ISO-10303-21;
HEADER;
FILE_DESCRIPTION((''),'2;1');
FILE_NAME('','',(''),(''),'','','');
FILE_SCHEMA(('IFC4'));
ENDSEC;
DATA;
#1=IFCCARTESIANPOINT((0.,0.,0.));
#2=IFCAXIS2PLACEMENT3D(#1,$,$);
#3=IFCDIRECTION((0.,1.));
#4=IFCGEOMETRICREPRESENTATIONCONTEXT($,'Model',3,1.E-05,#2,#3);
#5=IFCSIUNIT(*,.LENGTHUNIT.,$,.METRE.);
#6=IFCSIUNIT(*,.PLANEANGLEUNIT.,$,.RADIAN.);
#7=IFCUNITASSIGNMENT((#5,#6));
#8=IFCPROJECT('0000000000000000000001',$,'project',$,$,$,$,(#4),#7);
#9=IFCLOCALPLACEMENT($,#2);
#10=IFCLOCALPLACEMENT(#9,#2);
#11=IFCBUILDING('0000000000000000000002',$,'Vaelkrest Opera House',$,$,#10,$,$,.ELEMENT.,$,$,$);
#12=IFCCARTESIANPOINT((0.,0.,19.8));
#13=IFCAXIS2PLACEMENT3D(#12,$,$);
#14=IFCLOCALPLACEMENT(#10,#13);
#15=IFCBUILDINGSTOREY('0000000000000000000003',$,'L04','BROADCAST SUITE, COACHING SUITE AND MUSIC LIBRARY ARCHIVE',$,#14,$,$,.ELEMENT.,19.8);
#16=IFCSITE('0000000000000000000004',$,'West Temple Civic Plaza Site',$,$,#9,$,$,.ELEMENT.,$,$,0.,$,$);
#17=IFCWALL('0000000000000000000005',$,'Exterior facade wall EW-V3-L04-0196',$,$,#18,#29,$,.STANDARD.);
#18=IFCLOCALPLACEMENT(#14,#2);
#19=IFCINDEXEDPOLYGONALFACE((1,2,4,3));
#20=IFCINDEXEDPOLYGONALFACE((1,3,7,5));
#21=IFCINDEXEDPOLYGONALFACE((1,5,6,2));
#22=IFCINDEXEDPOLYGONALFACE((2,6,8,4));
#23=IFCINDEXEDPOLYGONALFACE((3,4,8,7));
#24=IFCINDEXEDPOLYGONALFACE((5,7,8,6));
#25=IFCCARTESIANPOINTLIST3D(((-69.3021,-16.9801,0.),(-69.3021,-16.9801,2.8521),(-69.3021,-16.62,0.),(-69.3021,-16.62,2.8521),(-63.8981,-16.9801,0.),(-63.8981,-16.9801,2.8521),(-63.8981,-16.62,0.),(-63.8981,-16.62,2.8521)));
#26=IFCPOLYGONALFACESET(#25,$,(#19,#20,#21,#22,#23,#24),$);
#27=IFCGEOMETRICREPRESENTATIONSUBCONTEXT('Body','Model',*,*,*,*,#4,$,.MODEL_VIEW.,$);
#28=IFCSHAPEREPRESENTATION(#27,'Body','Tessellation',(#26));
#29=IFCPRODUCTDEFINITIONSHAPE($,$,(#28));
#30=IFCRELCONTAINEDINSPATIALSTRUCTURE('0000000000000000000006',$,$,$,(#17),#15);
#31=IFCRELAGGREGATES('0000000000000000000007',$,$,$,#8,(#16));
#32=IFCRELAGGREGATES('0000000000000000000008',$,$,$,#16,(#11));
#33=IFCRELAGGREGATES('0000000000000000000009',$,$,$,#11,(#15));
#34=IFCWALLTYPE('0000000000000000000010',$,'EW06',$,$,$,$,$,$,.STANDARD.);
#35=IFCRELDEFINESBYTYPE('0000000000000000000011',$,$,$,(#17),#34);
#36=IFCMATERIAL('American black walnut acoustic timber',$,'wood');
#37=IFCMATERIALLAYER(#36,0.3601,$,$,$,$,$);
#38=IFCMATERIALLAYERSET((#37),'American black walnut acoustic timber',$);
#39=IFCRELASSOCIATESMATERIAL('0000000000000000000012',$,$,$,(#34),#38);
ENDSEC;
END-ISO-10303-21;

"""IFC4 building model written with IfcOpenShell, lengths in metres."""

from ifc_helpers import new_model, si_unit, direction, frame, frame_2d, origin, place, context, subcontext, project, spatial, rectangle, extrude, material, layer, layer_set, type_object, element, save


model = new_model("IFC4")

# Units and contexts
model_context = context("Model", 3, precision=1e-05, world=origin(), true_north=direction((0.0, 1.0)))
body_context = subcontext(model_context, "Body", "Model", "MODEL_VIEW")
ifc_project = project(units=[si_unit("LENGTHUNIT", "METRE"), si_unit("PLANEANGLEUNIT", "RADIAN")], contexts=[model_context])

# Site, building, storey
site_placement = place(None, origin())
site = spatial("IfcSite", under=ifc_project, at=site_placement, Name="West Temple Civic Plaza Site", CompositionType="ELEMENT", RefElevation=0.0)
building_placement = place(site_placement, origin())
building = spatial("IfcBuilding", under=site, at=building_placement, Name="Vaelkrest Opera House", CompositionType="ELEMENT")
storey_placement = place(building_placement, frame((0.0, 0.0, 19.8)))
storey = spatial("IfcBuildingStorey", under=building, at=storey_placement, Name="L04", Description="BROADCAST SUITE, COACHING SUITE AND MUSIC LIBRARY ARCHIVE", CompositionType="ELEMENT", Elevation=19.8)

# Wall
ifc_material_1 = material(Name="American black walnut acoustic timber", Category="wood")
ifc_layer_1 = layer(ifc_material_1, 0.3601)
ifc_layer_set_1 = layer_set([ifc_layer_1], Name="American black walnut acoustic timber")
wall_type = type_object("IfcWallType", Name="EW06", PredefinedType="STANDARD", material=ifc_layer_set_1)
wall_placement = place(storey_placement, frame((-63.8979, -16.8, 0.0), z_axis=(0.0, 0.0, 1.0), x_axis=(-1.0, 0.0, 0.0)))
element("IfcWall", 1, at=wall_placement, inside=storey, type_object=wall_type, Name="Exterior facade wall EW-V3-L04-0196", PredefinedType="STANDARD", context=body_context, shape_type="SweptSolid", body=[
    extrude(rectangle(XDim=5.4041, YDim=0.3601, at=frame_2d((2.7021, 0.0))), origin(), (0.0, 0.0, 1.0), 2.8521),
])

save(model, "model.ifc")
